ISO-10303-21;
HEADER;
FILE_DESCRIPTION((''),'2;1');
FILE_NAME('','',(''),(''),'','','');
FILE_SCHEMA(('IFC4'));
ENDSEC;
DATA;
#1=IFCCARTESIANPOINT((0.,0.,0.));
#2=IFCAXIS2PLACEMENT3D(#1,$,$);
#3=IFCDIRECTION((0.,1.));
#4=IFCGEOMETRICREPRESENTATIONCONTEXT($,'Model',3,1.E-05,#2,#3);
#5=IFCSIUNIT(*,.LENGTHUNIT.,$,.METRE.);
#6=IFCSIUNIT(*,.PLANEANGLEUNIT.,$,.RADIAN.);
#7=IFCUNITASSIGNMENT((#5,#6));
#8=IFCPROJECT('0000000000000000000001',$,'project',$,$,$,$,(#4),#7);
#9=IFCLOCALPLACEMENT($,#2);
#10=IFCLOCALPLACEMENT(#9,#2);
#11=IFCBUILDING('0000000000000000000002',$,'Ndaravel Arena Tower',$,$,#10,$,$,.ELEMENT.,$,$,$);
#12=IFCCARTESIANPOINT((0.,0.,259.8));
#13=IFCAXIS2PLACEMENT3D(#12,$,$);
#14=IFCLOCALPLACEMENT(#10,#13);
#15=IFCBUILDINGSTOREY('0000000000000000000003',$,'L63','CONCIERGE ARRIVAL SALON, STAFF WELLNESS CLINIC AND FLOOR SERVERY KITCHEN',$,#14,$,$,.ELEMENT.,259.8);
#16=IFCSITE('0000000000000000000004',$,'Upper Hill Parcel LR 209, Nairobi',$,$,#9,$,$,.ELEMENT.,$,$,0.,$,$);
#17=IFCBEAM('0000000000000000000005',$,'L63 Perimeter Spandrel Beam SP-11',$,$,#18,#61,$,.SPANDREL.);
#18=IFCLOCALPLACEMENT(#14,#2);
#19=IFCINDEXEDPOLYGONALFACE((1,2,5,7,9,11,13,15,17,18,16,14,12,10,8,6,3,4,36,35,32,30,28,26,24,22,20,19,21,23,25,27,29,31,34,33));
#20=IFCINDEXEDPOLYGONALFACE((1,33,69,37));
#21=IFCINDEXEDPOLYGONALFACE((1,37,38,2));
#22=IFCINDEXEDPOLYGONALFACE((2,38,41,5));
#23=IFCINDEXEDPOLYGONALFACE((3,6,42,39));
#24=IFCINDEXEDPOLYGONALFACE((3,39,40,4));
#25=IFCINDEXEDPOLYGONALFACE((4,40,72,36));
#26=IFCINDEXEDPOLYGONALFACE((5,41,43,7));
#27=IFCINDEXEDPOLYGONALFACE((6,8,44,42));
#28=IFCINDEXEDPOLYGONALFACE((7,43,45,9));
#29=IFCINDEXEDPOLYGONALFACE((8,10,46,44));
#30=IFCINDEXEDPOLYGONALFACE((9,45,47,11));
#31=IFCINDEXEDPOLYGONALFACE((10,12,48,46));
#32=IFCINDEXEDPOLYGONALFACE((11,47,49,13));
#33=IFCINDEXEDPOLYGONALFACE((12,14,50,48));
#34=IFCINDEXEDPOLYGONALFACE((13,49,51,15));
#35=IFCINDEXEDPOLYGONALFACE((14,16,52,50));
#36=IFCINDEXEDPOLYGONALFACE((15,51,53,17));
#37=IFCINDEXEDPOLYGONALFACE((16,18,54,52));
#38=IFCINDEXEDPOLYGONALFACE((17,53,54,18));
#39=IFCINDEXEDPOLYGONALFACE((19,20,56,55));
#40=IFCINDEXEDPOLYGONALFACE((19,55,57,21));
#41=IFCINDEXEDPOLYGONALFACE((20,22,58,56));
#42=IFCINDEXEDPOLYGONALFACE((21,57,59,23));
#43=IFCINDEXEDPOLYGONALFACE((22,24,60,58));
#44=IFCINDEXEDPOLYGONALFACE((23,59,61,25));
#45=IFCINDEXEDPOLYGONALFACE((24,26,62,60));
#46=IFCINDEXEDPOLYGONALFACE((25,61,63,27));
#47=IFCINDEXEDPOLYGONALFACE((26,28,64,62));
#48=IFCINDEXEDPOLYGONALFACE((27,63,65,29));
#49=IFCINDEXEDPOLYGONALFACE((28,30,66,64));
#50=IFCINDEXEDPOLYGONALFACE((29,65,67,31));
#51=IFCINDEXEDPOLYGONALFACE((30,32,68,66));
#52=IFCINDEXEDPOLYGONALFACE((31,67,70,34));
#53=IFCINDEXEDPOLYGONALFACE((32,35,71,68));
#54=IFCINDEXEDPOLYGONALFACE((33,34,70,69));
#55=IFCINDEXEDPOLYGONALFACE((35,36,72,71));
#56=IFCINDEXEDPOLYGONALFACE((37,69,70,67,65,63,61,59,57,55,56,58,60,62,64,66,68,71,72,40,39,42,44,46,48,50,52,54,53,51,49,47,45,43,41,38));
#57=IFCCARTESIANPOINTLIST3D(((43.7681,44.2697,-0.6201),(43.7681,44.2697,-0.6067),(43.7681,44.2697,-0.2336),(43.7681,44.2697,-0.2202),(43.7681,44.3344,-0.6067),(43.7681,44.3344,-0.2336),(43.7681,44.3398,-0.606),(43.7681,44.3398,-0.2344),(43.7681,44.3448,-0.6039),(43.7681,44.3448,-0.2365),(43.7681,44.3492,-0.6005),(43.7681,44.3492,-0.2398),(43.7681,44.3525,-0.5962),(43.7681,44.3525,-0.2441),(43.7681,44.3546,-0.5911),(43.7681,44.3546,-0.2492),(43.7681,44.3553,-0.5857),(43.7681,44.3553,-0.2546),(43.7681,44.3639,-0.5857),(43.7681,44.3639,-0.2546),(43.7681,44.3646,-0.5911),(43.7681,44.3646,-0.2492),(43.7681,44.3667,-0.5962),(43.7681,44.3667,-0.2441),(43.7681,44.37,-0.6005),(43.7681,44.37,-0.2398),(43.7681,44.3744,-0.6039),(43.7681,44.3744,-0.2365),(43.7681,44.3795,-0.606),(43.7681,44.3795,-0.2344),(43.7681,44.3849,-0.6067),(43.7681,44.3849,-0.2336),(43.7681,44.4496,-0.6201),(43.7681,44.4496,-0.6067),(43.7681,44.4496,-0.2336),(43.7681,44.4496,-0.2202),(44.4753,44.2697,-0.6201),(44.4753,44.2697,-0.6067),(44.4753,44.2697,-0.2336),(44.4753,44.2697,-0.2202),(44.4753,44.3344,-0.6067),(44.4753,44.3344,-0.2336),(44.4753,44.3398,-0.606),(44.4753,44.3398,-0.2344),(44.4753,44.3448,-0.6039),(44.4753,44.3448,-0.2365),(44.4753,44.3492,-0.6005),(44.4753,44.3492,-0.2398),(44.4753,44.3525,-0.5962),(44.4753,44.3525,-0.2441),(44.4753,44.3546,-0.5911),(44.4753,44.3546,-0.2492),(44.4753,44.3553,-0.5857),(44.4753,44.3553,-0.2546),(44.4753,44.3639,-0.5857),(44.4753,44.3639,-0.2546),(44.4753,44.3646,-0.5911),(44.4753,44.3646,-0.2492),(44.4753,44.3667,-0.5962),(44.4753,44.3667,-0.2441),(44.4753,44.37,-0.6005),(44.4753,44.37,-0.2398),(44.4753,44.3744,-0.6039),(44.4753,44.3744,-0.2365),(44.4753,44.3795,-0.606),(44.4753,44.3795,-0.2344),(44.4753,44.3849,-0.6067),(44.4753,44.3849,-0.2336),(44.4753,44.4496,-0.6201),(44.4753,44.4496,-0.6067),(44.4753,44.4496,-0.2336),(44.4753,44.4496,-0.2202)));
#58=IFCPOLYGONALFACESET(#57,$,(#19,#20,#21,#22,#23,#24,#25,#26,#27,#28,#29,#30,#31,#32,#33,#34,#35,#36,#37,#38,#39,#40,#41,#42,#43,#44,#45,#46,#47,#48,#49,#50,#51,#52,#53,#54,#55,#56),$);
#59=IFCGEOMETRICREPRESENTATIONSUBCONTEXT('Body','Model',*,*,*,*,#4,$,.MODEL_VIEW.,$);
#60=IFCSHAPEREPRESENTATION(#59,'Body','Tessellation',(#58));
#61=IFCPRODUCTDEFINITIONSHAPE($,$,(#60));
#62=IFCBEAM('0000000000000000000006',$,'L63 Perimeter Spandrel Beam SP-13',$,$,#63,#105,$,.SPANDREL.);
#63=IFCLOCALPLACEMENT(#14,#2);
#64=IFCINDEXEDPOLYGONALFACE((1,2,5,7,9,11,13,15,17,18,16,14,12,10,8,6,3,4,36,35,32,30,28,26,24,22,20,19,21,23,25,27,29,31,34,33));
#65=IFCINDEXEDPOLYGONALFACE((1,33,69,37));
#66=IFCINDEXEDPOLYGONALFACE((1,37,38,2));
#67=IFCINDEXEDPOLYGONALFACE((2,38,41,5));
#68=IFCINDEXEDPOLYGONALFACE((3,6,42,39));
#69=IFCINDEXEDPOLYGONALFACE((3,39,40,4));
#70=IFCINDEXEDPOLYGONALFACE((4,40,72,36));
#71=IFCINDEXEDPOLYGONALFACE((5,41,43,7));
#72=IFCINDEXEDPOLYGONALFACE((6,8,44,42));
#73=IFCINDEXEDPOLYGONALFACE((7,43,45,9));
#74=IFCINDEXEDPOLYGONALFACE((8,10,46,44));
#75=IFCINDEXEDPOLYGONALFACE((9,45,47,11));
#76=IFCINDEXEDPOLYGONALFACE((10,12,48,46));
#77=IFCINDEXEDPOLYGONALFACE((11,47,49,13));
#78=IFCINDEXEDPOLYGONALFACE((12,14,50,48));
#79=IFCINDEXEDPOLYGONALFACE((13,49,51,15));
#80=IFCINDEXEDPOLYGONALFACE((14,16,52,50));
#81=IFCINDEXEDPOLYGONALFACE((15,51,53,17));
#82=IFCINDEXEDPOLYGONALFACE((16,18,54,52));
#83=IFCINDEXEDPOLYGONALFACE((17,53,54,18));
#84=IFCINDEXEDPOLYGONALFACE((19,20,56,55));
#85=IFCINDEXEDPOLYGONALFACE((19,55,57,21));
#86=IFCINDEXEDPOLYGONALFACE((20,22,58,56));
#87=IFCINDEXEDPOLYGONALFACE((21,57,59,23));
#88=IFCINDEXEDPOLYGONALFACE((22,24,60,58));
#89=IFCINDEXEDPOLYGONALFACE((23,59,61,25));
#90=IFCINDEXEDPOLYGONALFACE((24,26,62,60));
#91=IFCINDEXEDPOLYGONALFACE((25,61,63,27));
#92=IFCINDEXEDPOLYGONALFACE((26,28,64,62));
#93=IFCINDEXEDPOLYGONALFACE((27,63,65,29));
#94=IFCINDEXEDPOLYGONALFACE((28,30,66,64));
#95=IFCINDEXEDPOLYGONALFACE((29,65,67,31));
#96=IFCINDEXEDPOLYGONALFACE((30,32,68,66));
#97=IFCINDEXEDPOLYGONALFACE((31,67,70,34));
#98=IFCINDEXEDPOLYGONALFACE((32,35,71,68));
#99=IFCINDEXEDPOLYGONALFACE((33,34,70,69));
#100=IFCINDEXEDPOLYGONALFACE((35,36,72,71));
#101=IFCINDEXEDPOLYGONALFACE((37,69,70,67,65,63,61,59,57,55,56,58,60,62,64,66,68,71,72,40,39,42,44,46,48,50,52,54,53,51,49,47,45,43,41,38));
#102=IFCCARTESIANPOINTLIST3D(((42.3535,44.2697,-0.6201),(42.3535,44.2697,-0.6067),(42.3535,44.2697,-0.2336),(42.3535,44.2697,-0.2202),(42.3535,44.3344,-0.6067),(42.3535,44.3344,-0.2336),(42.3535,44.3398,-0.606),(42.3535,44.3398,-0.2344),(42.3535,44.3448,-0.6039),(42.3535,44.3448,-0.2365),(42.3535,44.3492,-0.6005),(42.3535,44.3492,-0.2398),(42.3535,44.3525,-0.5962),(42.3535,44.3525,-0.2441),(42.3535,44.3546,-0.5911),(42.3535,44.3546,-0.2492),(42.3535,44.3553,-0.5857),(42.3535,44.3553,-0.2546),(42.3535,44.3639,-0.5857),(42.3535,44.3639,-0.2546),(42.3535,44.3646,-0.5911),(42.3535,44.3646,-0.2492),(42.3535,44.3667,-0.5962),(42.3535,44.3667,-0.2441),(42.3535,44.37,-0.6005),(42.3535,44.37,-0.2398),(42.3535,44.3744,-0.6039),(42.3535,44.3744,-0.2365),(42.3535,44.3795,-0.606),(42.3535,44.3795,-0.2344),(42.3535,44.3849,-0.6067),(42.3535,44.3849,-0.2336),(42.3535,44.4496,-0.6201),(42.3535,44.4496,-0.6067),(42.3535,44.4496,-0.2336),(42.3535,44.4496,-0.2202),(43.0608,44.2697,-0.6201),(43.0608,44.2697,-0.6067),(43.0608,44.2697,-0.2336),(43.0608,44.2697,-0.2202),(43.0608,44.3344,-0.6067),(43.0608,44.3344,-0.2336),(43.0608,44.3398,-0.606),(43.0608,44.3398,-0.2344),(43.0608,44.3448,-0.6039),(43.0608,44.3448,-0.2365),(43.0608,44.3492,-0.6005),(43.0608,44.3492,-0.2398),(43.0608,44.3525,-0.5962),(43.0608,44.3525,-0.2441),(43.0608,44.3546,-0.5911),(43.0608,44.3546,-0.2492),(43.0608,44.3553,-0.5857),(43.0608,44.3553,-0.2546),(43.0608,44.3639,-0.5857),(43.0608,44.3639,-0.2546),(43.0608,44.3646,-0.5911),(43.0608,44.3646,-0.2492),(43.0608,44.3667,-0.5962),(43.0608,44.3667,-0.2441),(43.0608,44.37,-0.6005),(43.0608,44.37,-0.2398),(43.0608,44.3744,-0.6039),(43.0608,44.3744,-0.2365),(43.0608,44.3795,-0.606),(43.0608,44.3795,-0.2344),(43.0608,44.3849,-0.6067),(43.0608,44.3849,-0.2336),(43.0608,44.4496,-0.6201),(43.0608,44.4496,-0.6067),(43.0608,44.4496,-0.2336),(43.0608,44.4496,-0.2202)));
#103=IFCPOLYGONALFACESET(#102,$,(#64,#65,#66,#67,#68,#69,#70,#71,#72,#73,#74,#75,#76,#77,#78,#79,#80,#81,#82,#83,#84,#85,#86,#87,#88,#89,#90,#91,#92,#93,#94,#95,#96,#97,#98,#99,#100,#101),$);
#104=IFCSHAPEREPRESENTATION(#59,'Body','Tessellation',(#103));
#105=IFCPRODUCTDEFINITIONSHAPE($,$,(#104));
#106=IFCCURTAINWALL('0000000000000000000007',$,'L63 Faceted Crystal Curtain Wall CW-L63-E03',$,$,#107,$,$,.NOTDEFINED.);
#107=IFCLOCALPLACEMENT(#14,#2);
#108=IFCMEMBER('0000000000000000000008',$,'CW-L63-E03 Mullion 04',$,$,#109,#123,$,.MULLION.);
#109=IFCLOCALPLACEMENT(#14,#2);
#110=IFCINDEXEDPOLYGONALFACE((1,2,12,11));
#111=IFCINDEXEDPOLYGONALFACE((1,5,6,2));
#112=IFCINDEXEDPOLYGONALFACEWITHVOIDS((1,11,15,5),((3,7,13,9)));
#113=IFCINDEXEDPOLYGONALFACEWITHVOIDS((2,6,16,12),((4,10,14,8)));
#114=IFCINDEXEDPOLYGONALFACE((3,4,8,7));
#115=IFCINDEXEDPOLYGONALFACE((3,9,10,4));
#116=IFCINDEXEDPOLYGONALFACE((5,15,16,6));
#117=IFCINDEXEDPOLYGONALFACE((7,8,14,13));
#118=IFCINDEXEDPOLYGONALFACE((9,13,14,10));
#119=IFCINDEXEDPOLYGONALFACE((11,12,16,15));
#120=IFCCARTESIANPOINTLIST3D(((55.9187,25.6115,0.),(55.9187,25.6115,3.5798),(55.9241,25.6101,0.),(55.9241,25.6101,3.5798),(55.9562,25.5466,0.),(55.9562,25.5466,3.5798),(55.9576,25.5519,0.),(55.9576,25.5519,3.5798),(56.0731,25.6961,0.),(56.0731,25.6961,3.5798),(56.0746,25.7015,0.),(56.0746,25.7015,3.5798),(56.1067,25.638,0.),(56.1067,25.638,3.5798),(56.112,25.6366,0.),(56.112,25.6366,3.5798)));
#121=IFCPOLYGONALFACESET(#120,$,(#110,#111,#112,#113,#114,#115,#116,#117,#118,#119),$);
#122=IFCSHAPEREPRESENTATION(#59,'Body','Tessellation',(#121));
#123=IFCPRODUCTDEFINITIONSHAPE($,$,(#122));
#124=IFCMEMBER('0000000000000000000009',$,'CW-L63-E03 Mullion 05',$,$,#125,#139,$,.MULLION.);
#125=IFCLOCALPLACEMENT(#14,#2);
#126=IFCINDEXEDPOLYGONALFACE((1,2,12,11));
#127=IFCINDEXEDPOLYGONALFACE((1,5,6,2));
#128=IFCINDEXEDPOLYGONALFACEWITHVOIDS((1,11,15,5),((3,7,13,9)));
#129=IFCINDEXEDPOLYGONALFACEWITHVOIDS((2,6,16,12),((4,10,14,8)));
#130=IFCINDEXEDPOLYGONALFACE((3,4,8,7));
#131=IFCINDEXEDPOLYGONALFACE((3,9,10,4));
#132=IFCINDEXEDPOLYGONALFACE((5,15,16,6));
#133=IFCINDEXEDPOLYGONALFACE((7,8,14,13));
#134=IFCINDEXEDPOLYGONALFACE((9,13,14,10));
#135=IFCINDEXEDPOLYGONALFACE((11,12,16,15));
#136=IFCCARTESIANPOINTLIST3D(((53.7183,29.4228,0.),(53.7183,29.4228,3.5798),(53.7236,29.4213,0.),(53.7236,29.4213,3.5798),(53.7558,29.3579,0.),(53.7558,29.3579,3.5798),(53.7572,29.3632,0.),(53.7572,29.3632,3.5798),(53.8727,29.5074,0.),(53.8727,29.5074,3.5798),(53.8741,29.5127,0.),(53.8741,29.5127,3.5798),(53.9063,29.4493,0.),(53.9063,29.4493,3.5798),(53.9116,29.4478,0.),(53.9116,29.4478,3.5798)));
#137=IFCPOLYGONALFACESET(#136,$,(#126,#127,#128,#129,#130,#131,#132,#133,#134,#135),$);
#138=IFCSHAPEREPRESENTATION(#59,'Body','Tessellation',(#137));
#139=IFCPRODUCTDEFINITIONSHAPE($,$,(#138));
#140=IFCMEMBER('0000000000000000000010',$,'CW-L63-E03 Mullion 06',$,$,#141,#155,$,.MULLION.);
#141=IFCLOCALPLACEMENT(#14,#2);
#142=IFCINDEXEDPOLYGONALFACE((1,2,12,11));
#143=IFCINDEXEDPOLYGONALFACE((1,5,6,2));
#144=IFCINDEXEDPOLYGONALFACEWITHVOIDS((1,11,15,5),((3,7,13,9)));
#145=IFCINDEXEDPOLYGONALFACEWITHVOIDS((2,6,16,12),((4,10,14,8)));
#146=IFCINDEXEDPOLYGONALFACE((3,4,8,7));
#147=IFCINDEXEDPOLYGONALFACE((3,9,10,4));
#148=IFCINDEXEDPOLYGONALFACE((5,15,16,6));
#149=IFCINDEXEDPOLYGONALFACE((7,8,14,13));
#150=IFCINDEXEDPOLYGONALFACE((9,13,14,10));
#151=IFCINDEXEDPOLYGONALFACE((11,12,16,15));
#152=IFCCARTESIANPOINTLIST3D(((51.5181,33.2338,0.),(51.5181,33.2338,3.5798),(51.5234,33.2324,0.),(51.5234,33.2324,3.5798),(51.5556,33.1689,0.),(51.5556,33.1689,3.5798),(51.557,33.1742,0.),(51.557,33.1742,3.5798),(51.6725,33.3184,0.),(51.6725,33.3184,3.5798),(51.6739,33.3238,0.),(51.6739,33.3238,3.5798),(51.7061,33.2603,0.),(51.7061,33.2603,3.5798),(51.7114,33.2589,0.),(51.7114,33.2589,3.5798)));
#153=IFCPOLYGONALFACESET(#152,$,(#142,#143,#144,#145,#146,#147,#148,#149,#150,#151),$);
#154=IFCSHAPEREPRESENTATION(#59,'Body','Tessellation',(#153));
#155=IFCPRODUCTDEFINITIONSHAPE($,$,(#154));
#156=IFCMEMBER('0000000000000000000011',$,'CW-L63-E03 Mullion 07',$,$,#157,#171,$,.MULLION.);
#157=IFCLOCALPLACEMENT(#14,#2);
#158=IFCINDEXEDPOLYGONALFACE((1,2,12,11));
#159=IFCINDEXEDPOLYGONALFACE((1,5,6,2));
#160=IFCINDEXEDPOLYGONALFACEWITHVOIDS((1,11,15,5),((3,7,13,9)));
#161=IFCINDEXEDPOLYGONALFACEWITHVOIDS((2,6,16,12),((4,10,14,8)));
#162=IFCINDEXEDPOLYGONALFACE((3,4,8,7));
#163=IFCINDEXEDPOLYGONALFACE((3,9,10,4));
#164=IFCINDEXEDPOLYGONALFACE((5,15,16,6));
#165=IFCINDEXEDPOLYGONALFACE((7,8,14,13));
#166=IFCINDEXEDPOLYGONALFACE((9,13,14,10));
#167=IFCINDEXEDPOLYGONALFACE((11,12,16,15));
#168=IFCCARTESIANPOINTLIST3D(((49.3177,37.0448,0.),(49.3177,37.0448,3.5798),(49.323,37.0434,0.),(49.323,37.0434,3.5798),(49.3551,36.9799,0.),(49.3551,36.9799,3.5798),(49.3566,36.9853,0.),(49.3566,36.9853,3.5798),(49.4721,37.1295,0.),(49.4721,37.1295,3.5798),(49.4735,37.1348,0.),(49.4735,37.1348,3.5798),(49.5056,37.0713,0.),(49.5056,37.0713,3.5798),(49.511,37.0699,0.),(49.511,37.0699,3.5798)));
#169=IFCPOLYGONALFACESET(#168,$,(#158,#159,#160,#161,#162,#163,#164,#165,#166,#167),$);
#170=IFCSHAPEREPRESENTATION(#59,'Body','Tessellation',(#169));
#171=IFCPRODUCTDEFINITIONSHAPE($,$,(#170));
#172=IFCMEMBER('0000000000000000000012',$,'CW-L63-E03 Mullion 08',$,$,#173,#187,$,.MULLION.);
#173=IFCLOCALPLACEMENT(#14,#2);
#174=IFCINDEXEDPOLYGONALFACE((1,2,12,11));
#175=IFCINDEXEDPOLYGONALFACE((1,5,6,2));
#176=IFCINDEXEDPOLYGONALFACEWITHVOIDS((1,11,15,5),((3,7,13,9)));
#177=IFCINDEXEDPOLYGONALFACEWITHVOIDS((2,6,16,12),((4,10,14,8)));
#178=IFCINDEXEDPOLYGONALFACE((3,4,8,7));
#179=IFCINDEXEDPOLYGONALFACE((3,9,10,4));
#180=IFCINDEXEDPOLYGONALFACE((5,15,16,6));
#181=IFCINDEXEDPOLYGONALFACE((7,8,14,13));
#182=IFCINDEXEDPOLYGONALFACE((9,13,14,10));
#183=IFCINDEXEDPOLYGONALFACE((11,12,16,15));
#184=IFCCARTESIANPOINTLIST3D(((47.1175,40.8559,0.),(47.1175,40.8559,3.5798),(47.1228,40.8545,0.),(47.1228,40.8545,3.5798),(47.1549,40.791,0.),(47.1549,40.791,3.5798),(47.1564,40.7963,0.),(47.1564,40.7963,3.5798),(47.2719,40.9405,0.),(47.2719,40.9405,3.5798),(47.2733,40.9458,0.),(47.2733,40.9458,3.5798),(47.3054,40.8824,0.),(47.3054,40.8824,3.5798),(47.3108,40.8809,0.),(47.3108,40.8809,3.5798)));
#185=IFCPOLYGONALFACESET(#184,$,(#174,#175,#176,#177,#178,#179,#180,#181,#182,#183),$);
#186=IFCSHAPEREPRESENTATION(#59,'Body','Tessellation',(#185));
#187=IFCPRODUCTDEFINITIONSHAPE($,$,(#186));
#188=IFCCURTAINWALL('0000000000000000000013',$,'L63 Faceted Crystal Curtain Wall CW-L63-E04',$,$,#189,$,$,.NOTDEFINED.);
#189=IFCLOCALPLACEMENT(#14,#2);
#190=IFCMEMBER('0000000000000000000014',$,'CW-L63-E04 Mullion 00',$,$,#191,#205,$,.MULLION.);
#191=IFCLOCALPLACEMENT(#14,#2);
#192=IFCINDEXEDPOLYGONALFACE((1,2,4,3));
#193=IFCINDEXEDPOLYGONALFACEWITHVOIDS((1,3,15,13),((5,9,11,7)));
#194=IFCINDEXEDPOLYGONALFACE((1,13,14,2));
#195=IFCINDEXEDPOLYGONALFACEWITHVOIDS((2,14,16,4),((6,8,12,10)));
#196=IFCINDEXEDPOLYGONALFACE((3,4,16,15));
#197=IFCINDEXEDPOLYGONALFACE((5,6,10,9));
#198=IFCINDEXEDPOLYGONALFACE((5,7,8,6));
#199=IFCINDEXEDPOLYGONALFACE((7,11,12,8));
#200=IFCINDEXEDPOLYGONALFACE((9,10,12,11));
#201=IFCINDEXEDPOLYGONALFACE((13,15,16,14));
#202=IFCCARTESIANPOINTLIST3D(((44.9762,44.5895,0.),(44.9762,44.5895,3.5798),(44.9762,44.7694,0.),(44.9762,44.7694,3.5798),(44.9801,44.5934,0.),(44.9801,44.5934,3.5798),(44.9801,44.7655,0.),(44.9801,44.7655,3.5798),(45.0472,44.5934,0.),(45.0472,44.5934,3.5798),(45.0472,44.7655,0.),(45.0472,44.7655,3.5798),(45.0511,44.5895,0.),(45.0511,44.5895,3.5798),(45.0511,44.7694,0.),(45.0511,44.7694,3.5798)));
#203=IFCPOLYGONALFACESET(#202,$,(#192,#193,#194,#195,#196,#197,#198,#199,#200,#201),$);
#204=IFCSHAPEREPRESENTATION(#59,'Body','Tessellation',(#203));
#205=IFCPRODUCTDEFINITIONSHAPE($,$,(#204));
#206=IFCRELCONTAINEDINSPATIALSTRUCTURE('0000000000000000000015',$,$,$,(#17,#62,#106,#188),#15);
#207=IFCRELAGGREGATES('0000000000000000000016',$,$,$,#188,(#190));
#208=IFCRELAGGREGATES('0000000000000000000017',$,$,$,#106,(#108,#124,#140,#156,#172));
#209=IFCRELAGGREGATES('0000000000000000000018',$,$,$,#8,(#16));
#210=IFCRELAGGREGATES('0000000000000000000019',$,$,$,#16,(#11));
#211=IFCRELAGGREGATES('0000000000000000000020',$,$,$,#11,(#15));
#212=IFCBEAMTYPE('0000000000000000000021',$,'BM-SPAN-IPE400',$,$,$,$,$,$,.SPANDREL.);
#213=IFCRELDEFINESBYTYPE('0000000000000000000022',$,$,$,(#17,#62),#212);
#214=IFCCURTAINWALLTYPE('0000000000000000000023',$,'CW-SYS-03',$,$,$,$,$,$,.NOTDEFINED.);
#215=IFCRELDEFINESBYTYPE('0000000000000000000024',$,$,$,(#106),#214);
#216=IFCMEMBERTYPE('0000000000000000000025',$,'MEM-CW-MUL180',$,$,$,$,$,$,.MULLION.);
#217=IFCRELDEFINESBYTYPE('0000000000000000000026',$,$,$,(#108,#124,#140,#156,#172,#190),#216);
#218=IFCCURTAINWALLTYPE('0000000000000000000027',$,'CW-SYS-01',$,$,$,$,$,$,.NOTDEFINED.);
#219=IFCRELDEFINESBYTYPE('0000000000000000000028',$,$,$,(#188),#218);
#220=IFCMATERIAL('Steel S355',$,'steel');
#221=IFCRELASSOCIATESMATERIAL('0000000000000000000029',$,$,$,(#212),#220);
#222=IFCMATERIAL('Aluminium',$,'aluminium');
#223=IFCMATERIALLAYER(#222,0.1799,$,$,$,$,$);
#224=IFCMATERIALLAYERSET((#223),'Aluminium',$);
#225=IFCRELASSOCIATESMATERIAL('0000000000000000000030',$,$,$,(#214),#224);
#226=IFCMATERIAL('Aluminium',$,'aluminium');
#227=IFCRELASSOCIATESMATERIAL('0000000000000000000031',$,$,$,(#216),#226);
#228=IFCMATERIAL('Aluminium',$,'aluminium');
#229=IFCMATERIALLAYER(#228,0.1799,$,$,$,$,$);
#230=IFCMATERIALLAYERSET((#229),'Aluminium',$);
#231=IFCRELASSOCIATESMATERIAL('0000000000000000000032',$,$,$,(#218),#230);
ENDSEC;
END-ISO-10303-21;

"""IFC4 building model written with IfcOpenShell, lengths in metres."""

from ifc_helpers import new_model, si_unit, direction, frame, origin, origin_2d, place, context, subcontext, project, spatial, hollow_rectangle, i_section, extrude, material, layer, layer_set, material_profile, profile_set, type_object, element, aggregate, save


model = new_model("IFC4")

# Units and contexts
model_context = context("Model", 3, precision=1e-05, world=origin(), true_north=direction((0.0, 1.0)))
body_context = subcontext(model_context, "Body", "Model", "MODEL_VIEW")
ifc_project = project(units=[si_unit("LENGTHUNIT", "METRE"), si_unit("PLANEANGLEUNIT", "RADIAN")], contexts=[model_context])

# Site, building, storey
site_placement = place(None, origin())
site = spatial("IfcSite", under=ifc_project, at=site_placement, Name="Upper Hill Parcel LR 209, Nairobi", CompositionType="ELEMENT", RefElevation=0.0)
building_placement = place(site_placement, origin())
building = spatial("IfcBuilding", under=site, at=building_placement, Name="Ndaravel Arena Tower", CompositionType="ELEMENT")
storey_placement = place(building_placement, frame((0.0, 0.0, 259.8)))
storey = spatial("IfcBuildingStorey", under=building, at=storey_placement, Name="L63", Description="CONCIERGE ARRIVAL SALON, STAFF WELLNESS CLINIC AND FLOOR SERVERY KITCHEN", CompositionType="ELEMENT", Elevation=259.8)

# Beams
ifc_material_1 = material(Name="Steel S355", Category="steel")
ifc_material_profile_1 = material_profile(ifc_material_1, i_section(OverallWidth=0.1799, OverallDepth=0.3999, WebThickness=0.0085, FlangeThickness=0.0134, FilletRadius=0.021, at=origin_2d()), Name="IPE 400")
ifc_profile_set_1 = profile_set([ifc_material_profile_1], Name="Steel S355")
beam_type_1 = type_object("IfcBeamType", Name="BM-SPAN-IPE400", PredefinedType="SPANDREL", material=ifc_profile_set_1)
for number, where, z_axis, x_axis, name in (
    (1, (44.4753, 44.3596, -0.4202), (-1.0, 0.0, 0.0), (0.0, -1.0, 0.0), "L63 Perimeter Spandrel Beam SP-11"),
    (2, (43.0608, 44.3596, -0.4202), (-1.0, 0.0, 0.0), (0.0, -1.0, 0.0), "L63 Perimeter Spandrel Beam SP-13"),
):
    element("IfcBeam", number, at=place(storey_placement, frame(where, z_axis=z_axis, x_axis=x_axis)), inside=storey, type_object=beam_type_1, Name=name, PredefinedType="SPANDREL", context=body_context, shape_type="SweptSolid", body=[
        extrude(i_section(OverallWidth=0.1799, OverallDepth=0.3999, WebThickness=0.0085, FlangeThickness=0.0134, FilletRadius=0.021, at=origin_2d()), origin(), (0.0, 0.0, 1.0), 0.7073),
    ])

# Curtain walls, members
ifc_material_2 = material(Name="Aluminium", Category="aluminium")
ifc_layer_1 = layer(ifc_material_2, 0.1799)
ifc_layer_set_1 = layer_set([ifc_layer_1], Name="Aluminium")
curtain_wall_type_1 = type_object("IfcCurtainWallType", Name="CW-SYS-03", PredefinedType="NOTDEFINED", material=ifc_layer_set_1)
curtain_wall_1_placement = place(storey_placement, origin())
curtain_wall_1 = element("IfcCurtainWall", 3, at=curtain_wall_1_placement, inside=storey, type_object=curtain_wall_type_1, Name="L63 Faceted Crystal Curtain Wall CW-L63-E03", PredefinedType="NOTDEFINED")
ifc_material_3 = material(Name="Aluminium", Category="aluminium")
ifc_material_profile_2 = material_profile(ifc_material_3, hollow_rectangle(XDim=0.075, YDim=0.1799, WallThickness=0.0039, at=origin_2d()), Name="CW MULLION 75x180x4")
ifc_profile_set_2 = profile_set([ifc_material_profile_2], Name="Aluminium")
member_type_1 = type_object("IfcMemberType", Name="MEM-CW-MUL180", PredefinedType="MULLION", material=ifc_profile_set_2)
member_1_placement = place(storey_placement, frame((56.0154, 25.624, 0.0), z_axis=(0.0, 0.0, 1.0), x_axis=(-0.5, 0.866025, 0.0)))
member_1 = element("IfcMember", 4, at=member_1_placement, type_object=member_type_1, Name="CW-L63-E03 Mullion 04", PredefinedType="MULLION", context=body_context, shape_type="SweptSolid", body=[
    extrude(hollow_rectangle(XDim=0.075, YDim=0.1799, WallThickness=0.0039, at=origin_2d()), origin(), (0.0, 0.0, 1.0), 3.5798),
])
member_2_placement = place(storey_placement, frame((53.8149, 29.4353, 0.0), z_axis=(0.0, 0.0, 1.0), x_axis=(-0.5, 0.866025, 0.0)))
member_2 = element("IfcMember", 5, at=member_2_placement, type_object=member_type_1, Name="CW-L63-E03 Mullion 05", PredefinedType="MULLION", context=body_context, shape_type="SweptSolid", body=[
    extrude(hollow_rectangle(XDim=0.075, YDim=0.1799, WallThickness=0.0039, at=origin_2d()), origin(), (0.0, 0.0, 1.0), 3.5798),
])
member_3_placement = place(storey_placement, frame((51.6147, 33.2463, 0.0), z_axis=(0.0, 0.0, 1.0), x_axis=(-0.5, 0.866025, 0.0)))
member_3 = element("IfcMember", 6, at=member_3_placement, type_object=member_type_1, Name="CW-L63-E03 Mullion 06", PredefinedType="MULLION", context=body_context, shape_type="SweptSolid", body=[
    extrude(hollow_rectangle(XDim=0.075, YDim=0.1799, WallThickness=0.0039, at=origin_2d()), origin(), (0.0, 0.0, 1.0), 3.5798),
])
member_4_placement = place(storey_placement, frame((49.4143, 37.0574, 0.0), z_axis=(0.0, 0.0, 1.0), x_axis=(-0.5, 0.866025, 0.0)))
member_4 = element("IfcMember", 7, at=member_4_placement, type_object=member_type_1, Name="CW-L63-E03 Mullion 07", PredefinedType="MULLION", context=body_context, shape_type="SweptSolid", body=[
    extrude(hollow_rectangle(XDim=0.075, YDim=0.1799, WallThickness=0.0039, at=origin_2d()), origin(), (0.0, 0.0, 1.0), 3.5798),
])
member_5_placement = place(storey_placement, frame((47.2141, 40.8684, 0.0), z_axis=(0.0, 0.0, 1.0), x_axis=(-0.5, 0.866025, 0.0)))
member_5 = element("IfcMember", 8, at=member_5_placement, type_object=member_type_1, Name="CW-L63-E03 Mullion 08", PredefinedType="MULLION", context=body_context, shape_type="SweptSolid", body=[
    extrude(hollow_rectangle(XDim=0.075, YDim=0.1799, WallThickness=0.0039, at=origin_2d()), origin(), (0.0, 0.0, 1.0), 3.5798),
])
ifc_material_4 = material(Name="Aluminium", Category="aluminium")
ifc_layer_2 = layer(ifc_material_4, 0.1799)
ifc_layer_set_2 = layer_set([ifc_layer_2], Name="Aluminium")
curtain_wall_type_2 = type_object("IfcCurtainWallType", Name="CW-SYS-01", PredefinedType="NOTDEFINED", material=ifc_layer_set_2)
curtain_wall_2_placement = place(storey_placement, origin())
curtain_wall_2 = element("IfcCurtainWall", 9, at=curtain_wall_2_placement, inside=storey, type_object=curtain_wall_type_2, Name="L63 Faceted Crystal Curtain Wall CW-L63-E04", PredefinedType="NOTDEFINED")
member_6_placement = place(storey_placement, frame((45.0137, 44.6794, 0.0), z_axis=(0.0, 0.0, 1.0), x_axis=(-1.0, 0.0, 0.0)))
member_6 = element("IfcMember", 10, at=member_6_placement, type_object=member_type_1, Name="CW-L63-E04 Mullion 00", PredefinedType="MULLION", context=body_context, shape_type="SweptSolid", body=[
    extrude(hollow_rectangle(XDim=0.075, YDim=0.1799, WallThickness=0.0039, at=origin_2d()), origin(), (0.0, 0.0, 1.0), 3.5798),
])
aggregate(curtain_wall_2, [member_6])

aggregate(curtain_wall_1, [member_1, member_2, member_3, member_4, member_5])

save(model, "model.ifc")
